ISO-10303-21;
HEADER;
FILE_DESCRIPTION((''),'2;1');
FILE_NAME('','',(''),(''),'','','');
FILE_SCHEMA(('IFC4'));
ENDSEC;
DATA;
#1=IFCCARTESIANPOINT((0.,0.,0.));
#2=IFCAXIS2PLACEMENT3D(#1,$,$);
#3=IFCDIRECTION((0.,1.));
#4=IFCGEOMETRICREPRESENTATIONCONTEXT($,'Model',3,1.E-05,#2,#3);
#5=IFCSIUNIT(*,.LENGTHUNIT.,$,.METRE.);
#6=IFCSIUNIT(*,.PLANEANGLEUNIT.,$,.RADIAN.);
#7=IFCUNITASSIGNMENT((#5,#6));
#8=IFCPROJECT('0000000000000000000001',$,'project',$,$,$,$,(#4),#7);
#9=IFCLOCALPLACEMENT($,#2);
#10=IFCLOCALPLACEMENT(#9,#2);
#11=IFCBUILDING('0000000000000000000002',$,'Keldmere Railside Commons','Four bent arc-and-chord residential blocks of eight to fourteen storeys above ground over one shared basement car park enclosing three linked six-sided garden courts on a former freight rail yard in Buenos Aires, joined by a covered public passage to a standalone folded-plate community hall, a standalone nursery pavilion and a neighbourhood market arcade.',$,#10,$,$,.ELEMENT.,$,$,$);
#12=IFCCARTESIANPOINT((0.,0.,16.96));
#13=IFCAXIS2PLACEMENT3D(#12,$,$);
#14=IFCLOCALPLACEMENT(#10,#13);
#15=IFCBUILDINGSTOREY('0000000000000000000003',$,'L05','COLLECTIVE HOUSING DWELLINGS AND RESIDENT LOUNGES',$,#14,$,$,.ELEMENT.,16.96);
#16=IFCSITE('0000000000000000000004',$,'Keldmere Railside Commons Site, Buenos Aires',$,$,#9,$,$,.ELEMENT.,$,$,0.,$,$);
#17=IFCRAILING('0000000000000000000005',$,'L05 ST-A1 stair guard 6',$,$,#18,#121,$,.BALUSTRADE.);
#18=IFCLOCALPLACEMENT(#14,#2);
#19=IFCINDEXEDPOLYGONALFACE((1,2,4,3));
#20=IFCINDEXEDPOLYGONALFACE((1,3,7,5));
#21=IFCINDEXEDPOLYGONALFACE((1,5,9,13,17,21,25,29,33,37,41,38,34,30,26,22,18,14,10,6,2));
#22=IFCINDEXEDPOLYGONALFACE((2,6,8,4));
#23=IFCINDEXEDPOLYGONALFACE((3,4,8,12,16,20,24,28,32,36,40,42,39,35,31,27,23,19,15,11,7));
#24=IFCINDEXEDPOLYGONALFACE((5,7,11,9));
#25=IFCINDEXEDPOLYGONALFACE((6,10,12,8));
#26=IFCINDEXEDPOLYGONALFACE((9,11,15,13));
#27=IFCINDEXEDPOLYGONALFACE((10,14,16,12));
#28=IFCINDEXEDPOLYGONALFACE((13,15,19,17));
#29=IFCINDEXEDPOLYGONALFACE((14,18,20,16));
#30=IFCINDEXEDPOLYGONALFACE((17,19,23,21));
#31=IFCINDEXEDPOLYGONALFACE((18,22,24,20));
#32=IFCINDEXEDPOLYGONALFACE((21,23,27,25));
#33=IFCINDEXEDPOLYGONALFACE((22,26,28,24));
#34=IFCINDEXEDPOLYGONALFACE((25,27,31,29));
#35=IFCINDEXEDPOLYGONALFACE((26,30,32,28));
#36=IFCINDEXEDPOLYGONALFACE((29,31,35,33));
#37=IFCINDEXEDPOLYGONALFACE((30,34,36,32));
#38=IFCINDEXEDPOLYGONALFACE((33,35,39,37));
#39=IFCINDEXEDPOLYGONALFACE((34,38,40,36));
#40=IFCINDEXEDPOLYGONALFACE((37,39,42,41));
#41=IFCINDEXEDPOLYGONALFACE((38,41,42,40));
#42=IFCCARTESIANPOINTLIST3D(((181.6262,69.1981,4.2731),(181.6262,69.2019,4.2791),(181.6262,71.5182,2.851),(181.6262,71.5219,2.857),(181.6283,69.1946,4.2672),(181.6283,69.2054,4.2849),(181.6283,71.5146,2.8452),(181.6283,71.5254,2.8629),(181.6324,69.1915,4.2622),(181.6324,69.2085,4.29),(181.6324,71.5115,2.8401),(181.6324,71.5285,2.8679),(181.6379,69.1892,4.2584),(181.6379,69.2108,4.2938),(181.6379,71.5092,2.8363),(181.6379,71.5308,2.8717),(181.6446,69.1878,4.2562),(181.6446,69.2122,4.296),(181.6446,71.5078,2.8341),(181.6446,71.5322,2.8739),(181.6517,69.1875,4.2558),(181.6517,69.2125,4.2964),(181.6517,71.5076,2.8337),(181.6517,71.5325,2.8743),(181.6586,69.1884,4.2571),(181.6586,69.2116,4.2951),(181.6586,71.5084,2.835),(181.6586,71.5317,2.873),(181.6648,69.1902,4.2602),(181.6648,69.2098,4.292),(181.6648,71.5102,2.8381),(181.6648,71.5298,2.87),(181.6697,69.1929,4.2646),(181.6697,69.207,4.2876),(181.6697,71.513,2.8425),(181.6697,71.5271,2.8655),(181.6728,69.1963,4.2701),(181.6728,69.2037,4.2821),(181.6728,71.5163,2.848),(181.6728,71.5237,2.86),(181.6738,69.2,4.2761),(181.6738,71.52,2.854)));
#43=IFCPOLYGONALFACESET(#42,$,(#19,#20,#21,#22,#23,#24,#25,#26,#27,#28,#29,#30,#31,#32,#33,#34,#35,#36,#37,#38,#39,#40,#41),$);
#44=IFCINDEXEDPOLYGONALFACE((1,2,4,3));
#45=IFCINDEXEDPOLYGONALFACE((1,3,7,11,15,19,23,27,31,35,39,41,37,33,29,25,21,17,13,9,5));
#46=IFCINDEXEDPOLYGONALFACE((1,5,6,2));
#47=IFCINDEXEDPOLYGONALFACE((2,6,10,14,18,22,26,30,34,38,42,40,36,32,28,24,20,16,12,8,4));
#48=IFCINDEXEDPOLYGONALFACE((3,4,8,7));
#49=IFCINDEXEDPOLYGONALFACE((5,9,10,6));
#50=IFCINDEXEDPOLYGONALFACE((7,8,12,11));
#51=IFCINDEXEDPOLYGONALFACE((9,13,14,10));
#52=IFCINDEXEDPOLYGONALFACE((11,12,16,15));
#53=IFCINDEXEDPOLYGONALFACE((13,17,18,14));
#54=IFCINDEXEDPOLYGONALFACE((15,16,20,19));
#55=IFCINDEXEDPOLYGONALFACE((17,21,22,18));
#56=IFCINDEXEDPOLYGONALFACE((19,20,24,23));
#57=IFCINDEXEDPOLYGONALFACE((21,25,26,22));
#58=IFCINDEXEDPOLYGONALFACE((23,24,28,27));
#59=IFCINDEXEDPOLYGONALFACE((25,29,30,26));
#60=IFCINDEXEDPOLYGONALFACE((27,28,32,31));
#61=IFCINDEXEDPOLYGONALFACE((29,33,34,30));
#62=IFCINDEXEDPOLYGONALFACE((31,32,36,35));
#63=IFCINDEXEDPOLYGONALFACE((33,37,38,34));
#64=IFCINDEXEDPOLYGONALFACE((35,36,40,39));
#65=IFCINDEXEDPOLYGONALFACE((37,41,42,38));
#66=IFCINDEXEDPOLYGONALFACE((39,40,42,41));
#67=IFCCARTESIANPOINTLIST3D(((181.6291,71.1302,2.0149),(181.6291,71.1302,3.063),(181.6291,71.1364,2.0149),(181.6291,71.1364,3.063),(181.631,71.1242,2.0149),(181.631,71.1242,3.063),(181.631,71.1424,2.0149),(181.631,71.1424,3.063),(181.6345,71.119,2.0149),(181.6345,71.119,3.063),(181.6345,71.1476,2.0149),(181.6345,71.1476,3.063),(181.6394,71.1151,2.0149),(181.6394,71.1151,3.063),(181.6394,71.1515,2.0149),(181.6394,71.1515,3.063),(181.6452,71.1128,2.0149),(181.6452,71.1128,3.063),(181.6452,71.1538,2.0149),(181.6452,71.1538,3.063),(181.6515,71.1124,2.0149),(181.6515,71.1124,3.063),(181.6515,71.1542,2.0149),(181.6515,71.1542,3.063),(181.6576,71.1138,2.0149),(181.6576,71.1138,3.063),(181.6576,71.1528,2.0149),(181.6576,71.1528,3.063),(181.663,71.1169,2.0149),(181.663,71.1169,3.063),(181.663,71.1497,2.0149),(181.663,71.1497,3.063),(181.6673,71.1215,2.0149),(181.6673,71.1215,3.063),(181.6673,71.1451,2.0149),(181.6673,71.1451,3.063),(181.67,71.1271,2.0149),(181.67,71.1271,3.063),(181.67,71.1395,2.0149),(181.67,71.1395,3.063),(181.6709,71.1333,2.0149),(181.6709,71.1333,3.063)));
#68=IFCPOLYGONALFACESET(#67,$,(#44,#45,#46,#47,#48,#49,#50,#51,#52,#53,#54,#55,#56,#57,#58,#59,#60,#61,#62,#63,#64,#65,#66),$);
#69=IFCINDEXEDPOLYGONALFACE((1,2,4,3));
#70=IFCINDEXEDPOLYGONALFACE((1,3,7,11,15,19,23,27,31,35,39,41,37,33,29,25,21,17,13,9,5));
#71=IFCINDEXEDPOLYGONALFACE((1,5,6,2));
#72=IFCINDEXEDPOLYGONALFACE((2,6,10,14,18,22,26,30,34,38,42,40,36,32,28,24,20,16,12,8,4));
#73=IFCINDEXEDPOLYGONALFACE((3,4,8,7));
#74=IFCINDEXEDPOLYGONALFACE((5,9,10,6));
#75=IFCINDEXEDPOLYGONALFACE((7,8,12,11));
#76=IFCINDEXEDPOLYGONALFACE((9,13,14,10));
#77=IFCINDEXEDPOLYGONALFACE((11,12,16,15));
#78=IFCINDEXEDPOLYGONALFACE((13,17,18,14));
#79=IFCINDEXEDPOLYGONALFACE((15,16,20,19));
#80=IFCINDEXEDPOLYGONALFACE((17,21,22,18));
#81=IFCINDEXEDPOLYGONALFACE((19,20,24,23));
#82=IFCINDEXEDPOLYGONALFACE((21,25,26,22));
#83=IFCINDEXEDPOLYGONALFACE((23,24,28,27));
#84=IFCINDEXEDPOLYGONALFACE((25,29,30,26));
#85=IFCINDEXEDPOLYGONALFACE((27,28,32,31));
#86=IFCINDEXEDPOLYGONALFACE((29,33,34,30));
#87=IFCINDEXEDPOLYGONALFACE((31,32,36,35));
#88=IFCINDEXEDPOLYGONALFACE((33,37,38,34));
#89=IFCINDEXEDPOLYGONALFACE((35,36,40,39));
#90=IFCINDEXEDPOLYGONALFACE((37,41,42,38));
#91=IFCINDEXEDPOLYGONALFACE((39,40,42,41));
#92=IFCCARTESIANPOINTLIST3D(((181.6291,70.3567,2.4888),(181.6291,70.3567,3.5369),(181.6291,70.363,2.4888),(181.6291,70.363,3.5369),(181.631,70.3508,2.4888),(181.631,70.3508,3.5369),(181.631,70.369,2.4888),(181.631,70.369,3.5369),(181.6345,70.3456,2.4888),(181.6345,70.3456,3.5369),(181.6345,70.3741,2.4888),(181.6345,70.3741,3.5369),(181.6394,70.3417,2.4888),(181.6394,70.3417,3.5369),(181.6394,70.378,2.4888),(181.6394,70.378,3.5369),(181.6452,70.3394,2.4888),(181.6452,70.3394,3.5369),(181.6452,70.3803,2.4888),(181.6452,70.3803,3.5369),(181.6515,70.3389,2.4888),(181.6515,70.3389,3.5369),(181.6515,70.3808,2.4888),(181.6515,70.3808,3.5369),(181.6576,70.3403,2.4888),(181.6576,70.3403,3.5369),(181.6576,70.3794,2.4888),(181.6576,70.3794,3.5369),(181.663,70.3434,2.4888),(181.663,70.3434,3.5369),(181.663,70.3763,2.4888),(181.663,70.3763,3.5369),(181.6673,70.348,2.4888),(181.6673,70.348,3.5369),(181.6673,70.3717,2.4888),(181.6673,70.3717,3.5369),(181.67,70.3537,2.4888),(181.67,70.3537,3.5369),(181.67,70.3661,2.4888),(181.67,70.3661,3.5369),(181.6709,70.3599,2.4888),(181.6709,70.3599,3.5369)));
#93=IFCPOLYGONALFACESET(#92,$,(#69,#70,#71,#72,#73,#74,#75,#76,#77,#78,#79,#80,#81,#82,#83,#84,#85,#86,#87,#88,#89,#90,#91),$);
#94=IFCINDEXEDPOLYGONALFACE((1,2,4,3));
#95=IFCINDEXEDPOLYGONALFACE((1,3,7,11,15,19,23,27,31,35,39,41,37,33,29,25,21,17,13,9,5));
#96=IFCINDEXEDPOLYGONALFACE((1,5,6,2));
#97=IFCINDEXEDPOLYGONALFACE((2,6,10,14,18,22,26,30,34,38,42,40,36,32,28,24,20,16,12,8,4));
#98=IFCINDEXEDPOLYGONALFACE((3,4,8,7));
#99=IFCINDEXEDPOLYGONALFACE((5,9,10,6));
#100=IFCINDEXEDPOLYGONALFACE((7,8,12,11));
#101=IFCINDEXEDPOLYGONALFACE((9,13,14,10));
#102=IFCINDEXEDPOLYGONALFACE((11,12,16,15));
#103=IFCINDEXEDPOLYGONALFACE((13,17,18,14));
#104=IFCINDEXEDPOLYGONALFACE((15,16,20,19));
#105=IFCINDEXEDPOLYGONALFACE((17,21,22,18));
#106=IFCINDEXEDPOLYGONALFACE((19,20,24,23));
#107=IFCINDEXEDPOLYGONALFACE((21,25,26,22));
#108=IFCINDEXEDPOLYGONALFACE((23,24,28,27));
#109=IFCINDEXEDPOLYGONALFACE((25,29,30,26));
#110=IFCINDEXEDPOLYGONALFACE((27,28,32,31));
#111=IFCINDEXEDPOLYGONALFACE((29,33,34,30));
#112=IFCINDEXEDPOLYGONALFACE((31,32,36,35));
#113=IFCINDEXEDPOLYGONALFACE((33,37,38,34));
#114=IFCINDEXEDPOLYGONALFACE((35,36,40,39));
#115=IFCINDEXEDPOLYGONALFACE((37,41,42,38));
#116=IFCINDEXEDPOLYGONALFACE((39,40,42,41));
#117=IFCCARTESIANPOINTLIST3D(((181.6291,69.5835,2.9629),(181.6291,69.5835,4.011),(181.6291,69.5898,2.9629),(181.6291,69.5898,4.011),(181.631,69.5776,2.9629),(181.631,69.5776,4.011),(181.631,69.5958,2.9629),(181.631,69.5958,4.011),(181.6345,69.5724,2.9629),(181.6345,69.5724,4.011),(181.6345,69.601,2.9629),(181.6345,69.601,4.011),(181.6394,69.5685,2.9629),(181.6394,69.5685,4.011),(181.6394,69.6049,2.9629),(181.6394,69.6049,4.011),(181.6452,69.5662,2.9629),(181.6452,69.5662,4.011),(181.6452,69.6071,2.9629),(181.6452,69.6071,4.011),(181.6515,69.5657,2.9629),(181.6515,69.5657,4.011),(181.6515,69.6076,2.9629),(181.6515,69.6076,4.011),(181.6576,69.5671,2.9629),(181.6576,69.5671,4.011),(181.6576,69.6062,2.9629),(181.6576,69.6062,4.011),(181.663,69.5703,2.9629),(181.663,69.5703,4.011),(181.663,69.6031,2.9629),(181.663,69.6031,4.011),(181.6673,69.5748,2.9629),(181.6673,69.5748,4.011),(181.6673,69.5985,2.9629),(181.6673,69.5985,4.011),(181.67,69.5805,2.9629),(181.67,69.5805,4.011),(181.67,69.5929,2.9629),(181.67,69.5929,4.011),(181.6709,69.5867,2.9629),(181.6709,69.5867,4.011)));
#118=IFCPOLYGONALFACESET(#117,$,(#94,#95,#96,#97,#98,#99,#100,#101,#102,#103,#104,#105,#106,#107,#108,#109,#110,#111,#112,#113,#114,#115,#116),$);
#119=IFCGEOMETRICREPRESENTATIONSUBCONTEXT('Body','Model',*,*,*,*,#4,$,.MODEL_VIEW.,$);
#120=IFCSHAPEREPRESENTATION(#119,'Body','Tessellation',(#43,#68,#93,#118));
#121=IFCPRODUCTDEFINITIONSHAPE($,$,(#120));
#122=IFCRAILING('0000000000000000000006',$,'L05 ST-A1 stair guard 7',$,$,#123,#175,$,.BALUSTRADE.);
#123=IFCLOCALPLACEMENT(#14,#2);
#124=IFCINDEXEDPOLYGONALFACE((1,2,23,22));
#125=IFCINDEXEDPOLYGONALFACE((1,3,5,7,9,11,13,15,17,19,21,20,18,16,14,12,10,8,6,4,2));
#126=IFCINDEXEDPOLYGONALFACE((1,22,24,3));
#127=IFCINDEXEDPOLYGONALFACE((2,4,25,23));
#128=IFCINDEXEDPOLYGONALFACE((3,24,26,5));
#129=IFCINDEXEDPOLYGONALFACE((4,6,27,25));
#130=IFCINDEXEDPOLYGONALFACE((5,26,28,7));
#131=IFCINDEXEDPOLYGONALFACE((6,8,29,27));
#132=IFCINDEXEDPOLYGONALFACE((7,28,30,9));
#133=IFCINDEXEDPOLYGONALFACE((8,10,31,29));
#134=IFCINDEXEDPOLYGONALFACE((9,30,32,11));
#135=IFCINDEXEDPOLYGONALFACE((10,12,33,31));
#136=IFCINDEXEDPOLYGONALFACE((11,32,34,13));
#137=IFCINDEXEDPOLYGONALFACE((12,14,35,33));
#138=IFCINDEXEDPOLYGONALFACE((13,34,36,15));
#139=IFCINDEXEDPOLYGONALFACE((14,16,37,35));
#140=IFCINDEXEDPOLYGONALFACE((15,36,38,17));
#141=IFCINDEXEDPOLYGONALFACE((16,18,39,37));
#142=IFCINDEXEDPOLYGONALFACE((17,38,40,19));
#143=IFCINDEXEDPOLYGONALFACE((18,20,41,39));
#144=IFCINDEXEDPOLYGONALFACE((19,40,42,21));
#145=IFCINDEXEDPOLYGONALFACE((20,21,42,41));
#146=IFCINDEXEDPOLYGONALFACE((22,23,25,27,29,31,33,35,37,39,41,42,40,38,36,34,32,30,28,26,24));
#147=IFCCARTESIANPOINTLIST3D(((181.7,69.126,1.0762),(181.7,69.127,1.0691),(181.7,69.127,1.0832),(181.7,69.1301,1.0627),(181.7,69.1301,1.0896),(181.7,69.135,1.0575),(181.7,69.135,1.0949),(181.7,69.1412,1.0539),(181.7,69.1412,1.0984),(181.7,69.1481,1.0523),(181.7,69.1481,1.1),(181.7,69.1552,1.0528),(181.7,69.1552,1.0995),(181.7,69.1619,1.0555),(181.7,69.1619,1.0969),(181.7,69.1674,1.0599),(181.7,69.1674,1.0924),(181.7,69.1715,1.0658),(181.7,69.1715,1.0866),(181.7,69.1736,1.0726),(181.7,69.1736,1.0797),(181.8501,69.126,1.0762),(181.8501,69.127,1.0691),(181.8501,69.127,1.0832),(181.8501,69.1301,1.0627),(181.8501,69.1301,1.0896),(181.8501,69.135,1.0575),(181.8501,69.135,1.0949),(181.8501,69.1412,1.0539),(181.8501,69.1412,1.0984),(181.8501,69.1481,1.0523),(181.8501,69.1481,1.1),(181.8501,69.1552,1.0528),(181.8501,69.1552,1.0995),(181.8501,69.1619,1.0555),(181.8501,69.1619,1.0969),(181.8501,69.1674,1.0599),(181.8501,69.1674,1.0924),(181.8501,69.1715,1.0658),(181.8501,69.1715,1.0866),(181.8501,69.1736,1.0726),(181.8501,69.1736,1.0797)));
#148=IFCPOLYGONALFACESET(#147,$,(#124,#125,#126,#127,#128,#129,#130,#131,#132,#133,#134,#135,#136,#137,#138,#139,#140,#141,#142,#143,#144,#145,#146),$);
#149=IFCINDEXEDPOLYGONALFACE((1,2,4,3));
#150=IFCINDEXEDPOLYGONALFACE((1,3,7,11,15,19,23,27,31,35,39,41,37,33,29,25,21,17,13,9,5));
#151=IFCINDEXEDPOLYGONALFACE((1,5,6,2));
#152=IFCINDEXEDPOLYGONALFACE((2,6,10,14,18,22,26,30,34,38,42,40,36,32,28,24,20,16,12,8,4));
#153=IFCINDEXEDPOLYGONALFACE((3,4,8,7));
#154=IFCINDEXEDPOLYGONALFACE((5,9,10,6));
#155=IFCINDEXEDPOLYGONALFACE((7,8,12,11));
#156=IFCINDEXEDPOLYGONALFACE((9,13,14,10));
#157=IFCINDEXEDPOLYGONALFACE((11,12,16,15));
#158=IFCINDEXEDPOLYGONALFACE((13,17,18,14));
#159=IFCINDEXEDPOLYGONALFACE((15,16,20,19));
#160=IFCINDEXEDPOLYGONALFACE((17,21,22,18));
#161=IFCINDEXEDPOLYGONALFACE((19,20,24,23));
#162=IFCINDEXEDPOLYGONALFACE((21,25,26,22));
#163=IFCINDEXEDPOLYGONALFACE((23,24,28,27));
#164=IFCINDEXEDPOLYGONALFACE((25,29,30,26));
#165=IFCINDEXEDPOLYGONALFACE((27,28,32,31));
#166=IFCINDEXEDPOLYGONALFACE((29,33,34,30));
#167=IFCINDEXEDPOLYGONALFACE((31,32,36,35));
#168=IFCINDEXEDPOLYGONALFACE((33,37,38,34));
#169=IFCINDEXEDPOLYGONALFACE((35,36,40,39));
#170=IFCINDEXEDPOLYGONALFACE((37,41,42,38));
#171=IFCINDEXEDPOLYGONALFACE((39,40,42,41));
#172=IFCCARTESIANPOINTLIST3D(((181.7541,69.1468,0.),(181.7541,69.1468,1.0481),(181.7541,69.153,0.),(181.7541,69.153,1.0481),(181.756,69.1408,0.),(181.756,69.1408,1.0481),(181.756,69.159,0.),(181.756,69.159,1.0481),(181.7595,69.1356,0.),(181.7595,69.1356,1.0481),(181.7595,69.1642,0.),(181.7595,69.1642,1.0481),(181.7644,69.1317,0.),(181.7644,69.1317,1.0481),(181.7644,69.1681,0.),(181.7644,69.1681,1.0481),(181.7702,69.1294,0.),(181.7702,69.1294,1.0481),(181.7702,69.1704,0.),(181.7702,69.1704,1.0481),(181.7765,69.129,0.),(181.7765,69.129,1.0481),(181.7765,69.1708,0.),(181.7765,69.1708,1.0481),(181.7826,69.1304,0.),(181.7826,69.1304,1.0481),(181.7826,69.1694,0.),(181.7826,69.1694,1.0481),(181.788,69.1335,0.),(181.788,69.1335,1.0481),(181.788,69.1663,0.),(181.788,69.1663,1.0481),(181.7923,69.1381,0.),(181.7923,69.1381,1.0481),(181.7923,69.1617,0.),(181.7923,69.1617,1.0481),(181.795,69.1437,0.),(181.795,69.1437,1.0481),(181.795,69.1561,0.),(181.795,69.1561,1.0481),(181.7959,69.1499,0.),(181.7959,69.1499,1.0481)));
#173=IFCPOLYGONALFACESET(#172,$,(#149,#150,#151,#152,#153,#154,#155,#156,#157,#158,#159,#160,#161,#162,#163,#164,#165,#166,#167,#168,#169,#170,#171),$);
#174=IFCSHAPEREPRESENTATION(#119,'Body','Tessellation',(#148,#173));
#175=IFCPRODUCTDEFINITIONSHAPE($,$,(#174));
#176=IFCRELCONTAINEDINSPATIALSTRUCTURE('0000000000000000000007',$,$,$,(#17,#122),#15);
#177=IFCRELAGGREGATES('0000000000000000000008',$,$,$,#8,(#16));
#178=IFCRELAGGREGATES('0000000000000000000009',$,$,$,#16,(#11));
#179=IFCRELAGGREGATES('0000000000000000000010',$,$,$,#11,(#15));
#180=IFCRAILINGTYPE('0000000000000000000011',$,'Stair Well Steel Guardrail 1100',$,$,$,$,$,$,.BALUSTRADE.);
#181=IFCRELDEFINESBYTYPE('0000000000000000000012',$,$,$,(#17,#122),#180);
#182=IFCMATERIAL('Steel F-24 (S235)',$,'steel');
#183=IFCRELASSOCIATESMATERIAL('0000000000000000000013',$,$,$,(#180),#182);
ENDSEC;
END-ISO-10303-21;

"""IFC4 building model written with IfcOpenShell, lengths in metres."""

from ifc_helpers import new_model, si_unit, direction, frame, origin, origin_2d, place, context, subcontext, project, spatial, circle, extrude, material, type_object, element, save


model = new_model("IFC4")

# Units and contexts
model_context = context("Model", 3, precision=1e-05, world=origin(), true_north=direction((0.0, 1.0)))
body_context = subcontext(model_context, "Body", "Model", "MODEL_VIEW")
ifc_project = project(units=[si_unit("LENGTHUNIT", "METRE"), si_unit("PLANEANGLEUNIT", "RADIAN")], contexts=[model_context])

# Site, building, storey
site_placement = place(None, origin())
site = spatial("IfcSite", under=ifc_project, at=site_placement, Name="Keldmere Railside Commons Site, Buenos Aires", CompositionType="ELEMENT", RefElevation=0.0)
building_placement = place(site_placement, origin())
building = spatial("IfcBuilding", under=site, at=building_placement, Name="Keldmere Railside Commons", Description="Four bent arc-and-chord residential blocks of eight to fourteen storeys above ground over one shared basement car park enclosing three linked six-sided garden courts on a former freight rail yard in Buenos Aires, joined by a covered public passage to a standalone folded-plate community hall, a standalone nursery pavilion and a neighbourhood market arcade.", CompositionType="ELEMENT")
storey_placement = place(building_placement, frame((0.0, 0.0, 16.96)))
storey = spatial("IfcBuildingStorey", under=building, at=storey_placement, Name="L05", Description="COLLECTIVE HOUSING DWELLINGS AND RESIDENT LOUNGES", CompositionType="ELEMENT", Elevation=16.96)

# Shared definitions
ifc_material_1 = material(Name="Steel F-24 (S235)", Category="steel")

# Railings
railing_type_1 = type_object("IfcRailingType", Name="Stair Well Steel Guardrail 1100", PredefinedType="BALUSTRADE", material=ifc_material_1)
railing_1_placement = place(storey_placement, frame((181.6499, 71.52, 1.7778)))
element("IfcRailing", 1, at=railing_1_placement, inside=storey, type_object=railing_type_1, Name="L05 ST-A1 stair guard 6", PredefinedType="BALUSTRADE", context=body_context, shape_type="SweptSolid", body=[
    extrude(circle(Radius=0.0239, at=origin_2d()), frame((0.0, 0.0, 1.0762), z_axis=(0.0, -0.852578, 0.5226), x_axis=(1.0, 0.0, 0.0)), (0.0, 0.0, 1.0), 2.7212),
    extrude(circle(Radius=0.021, at=origin_2d()), frame((0.0, -0.3867, 0.2371)), (0.0, 0.0, 1.0), 1.0481),
    extrude(circle(Radius=0.021, at=origin_2d()), frame((0.0, -1.1602, 0.7109)), (0.0, 0.0, 1.0), 1.0481),
    extrude(circle(Radius=0.021, at=origin_2d()), frame((0.0, -1.9333, 1.1851)), (0.0, 0.0, 1.0), 1.0481),
])
railing_2_placement = place(storey_placement, frame((181.8501, 69.1499, 0.0)))
element("IfcRailing", 2, at=railing_2_placement, inside=storey, type_object=railing_type_1, Name="L05 ST-A1 stair guard 7", PredefinedType="BALUSTRADE", context=body_context, shape_type="SweptSolid", body=[
    extrude(circle(Radius=0.0239, at=origin_2d()), frame((0.0, 0.0, 1.0762), z_axis=(-1.0, 0.0, 0.0), x_axis=(0.0, -1.0, 0.0)), (0.0, 0.0, 1.0), 0.1501),
    extrude(circle(Radius=0.021, at=origin_2d()), frame((-0.0752, 0.0, 0.0)), (0.0, 0.0, 1.0), 1.0481),
])

save(model, "model.ifc")
